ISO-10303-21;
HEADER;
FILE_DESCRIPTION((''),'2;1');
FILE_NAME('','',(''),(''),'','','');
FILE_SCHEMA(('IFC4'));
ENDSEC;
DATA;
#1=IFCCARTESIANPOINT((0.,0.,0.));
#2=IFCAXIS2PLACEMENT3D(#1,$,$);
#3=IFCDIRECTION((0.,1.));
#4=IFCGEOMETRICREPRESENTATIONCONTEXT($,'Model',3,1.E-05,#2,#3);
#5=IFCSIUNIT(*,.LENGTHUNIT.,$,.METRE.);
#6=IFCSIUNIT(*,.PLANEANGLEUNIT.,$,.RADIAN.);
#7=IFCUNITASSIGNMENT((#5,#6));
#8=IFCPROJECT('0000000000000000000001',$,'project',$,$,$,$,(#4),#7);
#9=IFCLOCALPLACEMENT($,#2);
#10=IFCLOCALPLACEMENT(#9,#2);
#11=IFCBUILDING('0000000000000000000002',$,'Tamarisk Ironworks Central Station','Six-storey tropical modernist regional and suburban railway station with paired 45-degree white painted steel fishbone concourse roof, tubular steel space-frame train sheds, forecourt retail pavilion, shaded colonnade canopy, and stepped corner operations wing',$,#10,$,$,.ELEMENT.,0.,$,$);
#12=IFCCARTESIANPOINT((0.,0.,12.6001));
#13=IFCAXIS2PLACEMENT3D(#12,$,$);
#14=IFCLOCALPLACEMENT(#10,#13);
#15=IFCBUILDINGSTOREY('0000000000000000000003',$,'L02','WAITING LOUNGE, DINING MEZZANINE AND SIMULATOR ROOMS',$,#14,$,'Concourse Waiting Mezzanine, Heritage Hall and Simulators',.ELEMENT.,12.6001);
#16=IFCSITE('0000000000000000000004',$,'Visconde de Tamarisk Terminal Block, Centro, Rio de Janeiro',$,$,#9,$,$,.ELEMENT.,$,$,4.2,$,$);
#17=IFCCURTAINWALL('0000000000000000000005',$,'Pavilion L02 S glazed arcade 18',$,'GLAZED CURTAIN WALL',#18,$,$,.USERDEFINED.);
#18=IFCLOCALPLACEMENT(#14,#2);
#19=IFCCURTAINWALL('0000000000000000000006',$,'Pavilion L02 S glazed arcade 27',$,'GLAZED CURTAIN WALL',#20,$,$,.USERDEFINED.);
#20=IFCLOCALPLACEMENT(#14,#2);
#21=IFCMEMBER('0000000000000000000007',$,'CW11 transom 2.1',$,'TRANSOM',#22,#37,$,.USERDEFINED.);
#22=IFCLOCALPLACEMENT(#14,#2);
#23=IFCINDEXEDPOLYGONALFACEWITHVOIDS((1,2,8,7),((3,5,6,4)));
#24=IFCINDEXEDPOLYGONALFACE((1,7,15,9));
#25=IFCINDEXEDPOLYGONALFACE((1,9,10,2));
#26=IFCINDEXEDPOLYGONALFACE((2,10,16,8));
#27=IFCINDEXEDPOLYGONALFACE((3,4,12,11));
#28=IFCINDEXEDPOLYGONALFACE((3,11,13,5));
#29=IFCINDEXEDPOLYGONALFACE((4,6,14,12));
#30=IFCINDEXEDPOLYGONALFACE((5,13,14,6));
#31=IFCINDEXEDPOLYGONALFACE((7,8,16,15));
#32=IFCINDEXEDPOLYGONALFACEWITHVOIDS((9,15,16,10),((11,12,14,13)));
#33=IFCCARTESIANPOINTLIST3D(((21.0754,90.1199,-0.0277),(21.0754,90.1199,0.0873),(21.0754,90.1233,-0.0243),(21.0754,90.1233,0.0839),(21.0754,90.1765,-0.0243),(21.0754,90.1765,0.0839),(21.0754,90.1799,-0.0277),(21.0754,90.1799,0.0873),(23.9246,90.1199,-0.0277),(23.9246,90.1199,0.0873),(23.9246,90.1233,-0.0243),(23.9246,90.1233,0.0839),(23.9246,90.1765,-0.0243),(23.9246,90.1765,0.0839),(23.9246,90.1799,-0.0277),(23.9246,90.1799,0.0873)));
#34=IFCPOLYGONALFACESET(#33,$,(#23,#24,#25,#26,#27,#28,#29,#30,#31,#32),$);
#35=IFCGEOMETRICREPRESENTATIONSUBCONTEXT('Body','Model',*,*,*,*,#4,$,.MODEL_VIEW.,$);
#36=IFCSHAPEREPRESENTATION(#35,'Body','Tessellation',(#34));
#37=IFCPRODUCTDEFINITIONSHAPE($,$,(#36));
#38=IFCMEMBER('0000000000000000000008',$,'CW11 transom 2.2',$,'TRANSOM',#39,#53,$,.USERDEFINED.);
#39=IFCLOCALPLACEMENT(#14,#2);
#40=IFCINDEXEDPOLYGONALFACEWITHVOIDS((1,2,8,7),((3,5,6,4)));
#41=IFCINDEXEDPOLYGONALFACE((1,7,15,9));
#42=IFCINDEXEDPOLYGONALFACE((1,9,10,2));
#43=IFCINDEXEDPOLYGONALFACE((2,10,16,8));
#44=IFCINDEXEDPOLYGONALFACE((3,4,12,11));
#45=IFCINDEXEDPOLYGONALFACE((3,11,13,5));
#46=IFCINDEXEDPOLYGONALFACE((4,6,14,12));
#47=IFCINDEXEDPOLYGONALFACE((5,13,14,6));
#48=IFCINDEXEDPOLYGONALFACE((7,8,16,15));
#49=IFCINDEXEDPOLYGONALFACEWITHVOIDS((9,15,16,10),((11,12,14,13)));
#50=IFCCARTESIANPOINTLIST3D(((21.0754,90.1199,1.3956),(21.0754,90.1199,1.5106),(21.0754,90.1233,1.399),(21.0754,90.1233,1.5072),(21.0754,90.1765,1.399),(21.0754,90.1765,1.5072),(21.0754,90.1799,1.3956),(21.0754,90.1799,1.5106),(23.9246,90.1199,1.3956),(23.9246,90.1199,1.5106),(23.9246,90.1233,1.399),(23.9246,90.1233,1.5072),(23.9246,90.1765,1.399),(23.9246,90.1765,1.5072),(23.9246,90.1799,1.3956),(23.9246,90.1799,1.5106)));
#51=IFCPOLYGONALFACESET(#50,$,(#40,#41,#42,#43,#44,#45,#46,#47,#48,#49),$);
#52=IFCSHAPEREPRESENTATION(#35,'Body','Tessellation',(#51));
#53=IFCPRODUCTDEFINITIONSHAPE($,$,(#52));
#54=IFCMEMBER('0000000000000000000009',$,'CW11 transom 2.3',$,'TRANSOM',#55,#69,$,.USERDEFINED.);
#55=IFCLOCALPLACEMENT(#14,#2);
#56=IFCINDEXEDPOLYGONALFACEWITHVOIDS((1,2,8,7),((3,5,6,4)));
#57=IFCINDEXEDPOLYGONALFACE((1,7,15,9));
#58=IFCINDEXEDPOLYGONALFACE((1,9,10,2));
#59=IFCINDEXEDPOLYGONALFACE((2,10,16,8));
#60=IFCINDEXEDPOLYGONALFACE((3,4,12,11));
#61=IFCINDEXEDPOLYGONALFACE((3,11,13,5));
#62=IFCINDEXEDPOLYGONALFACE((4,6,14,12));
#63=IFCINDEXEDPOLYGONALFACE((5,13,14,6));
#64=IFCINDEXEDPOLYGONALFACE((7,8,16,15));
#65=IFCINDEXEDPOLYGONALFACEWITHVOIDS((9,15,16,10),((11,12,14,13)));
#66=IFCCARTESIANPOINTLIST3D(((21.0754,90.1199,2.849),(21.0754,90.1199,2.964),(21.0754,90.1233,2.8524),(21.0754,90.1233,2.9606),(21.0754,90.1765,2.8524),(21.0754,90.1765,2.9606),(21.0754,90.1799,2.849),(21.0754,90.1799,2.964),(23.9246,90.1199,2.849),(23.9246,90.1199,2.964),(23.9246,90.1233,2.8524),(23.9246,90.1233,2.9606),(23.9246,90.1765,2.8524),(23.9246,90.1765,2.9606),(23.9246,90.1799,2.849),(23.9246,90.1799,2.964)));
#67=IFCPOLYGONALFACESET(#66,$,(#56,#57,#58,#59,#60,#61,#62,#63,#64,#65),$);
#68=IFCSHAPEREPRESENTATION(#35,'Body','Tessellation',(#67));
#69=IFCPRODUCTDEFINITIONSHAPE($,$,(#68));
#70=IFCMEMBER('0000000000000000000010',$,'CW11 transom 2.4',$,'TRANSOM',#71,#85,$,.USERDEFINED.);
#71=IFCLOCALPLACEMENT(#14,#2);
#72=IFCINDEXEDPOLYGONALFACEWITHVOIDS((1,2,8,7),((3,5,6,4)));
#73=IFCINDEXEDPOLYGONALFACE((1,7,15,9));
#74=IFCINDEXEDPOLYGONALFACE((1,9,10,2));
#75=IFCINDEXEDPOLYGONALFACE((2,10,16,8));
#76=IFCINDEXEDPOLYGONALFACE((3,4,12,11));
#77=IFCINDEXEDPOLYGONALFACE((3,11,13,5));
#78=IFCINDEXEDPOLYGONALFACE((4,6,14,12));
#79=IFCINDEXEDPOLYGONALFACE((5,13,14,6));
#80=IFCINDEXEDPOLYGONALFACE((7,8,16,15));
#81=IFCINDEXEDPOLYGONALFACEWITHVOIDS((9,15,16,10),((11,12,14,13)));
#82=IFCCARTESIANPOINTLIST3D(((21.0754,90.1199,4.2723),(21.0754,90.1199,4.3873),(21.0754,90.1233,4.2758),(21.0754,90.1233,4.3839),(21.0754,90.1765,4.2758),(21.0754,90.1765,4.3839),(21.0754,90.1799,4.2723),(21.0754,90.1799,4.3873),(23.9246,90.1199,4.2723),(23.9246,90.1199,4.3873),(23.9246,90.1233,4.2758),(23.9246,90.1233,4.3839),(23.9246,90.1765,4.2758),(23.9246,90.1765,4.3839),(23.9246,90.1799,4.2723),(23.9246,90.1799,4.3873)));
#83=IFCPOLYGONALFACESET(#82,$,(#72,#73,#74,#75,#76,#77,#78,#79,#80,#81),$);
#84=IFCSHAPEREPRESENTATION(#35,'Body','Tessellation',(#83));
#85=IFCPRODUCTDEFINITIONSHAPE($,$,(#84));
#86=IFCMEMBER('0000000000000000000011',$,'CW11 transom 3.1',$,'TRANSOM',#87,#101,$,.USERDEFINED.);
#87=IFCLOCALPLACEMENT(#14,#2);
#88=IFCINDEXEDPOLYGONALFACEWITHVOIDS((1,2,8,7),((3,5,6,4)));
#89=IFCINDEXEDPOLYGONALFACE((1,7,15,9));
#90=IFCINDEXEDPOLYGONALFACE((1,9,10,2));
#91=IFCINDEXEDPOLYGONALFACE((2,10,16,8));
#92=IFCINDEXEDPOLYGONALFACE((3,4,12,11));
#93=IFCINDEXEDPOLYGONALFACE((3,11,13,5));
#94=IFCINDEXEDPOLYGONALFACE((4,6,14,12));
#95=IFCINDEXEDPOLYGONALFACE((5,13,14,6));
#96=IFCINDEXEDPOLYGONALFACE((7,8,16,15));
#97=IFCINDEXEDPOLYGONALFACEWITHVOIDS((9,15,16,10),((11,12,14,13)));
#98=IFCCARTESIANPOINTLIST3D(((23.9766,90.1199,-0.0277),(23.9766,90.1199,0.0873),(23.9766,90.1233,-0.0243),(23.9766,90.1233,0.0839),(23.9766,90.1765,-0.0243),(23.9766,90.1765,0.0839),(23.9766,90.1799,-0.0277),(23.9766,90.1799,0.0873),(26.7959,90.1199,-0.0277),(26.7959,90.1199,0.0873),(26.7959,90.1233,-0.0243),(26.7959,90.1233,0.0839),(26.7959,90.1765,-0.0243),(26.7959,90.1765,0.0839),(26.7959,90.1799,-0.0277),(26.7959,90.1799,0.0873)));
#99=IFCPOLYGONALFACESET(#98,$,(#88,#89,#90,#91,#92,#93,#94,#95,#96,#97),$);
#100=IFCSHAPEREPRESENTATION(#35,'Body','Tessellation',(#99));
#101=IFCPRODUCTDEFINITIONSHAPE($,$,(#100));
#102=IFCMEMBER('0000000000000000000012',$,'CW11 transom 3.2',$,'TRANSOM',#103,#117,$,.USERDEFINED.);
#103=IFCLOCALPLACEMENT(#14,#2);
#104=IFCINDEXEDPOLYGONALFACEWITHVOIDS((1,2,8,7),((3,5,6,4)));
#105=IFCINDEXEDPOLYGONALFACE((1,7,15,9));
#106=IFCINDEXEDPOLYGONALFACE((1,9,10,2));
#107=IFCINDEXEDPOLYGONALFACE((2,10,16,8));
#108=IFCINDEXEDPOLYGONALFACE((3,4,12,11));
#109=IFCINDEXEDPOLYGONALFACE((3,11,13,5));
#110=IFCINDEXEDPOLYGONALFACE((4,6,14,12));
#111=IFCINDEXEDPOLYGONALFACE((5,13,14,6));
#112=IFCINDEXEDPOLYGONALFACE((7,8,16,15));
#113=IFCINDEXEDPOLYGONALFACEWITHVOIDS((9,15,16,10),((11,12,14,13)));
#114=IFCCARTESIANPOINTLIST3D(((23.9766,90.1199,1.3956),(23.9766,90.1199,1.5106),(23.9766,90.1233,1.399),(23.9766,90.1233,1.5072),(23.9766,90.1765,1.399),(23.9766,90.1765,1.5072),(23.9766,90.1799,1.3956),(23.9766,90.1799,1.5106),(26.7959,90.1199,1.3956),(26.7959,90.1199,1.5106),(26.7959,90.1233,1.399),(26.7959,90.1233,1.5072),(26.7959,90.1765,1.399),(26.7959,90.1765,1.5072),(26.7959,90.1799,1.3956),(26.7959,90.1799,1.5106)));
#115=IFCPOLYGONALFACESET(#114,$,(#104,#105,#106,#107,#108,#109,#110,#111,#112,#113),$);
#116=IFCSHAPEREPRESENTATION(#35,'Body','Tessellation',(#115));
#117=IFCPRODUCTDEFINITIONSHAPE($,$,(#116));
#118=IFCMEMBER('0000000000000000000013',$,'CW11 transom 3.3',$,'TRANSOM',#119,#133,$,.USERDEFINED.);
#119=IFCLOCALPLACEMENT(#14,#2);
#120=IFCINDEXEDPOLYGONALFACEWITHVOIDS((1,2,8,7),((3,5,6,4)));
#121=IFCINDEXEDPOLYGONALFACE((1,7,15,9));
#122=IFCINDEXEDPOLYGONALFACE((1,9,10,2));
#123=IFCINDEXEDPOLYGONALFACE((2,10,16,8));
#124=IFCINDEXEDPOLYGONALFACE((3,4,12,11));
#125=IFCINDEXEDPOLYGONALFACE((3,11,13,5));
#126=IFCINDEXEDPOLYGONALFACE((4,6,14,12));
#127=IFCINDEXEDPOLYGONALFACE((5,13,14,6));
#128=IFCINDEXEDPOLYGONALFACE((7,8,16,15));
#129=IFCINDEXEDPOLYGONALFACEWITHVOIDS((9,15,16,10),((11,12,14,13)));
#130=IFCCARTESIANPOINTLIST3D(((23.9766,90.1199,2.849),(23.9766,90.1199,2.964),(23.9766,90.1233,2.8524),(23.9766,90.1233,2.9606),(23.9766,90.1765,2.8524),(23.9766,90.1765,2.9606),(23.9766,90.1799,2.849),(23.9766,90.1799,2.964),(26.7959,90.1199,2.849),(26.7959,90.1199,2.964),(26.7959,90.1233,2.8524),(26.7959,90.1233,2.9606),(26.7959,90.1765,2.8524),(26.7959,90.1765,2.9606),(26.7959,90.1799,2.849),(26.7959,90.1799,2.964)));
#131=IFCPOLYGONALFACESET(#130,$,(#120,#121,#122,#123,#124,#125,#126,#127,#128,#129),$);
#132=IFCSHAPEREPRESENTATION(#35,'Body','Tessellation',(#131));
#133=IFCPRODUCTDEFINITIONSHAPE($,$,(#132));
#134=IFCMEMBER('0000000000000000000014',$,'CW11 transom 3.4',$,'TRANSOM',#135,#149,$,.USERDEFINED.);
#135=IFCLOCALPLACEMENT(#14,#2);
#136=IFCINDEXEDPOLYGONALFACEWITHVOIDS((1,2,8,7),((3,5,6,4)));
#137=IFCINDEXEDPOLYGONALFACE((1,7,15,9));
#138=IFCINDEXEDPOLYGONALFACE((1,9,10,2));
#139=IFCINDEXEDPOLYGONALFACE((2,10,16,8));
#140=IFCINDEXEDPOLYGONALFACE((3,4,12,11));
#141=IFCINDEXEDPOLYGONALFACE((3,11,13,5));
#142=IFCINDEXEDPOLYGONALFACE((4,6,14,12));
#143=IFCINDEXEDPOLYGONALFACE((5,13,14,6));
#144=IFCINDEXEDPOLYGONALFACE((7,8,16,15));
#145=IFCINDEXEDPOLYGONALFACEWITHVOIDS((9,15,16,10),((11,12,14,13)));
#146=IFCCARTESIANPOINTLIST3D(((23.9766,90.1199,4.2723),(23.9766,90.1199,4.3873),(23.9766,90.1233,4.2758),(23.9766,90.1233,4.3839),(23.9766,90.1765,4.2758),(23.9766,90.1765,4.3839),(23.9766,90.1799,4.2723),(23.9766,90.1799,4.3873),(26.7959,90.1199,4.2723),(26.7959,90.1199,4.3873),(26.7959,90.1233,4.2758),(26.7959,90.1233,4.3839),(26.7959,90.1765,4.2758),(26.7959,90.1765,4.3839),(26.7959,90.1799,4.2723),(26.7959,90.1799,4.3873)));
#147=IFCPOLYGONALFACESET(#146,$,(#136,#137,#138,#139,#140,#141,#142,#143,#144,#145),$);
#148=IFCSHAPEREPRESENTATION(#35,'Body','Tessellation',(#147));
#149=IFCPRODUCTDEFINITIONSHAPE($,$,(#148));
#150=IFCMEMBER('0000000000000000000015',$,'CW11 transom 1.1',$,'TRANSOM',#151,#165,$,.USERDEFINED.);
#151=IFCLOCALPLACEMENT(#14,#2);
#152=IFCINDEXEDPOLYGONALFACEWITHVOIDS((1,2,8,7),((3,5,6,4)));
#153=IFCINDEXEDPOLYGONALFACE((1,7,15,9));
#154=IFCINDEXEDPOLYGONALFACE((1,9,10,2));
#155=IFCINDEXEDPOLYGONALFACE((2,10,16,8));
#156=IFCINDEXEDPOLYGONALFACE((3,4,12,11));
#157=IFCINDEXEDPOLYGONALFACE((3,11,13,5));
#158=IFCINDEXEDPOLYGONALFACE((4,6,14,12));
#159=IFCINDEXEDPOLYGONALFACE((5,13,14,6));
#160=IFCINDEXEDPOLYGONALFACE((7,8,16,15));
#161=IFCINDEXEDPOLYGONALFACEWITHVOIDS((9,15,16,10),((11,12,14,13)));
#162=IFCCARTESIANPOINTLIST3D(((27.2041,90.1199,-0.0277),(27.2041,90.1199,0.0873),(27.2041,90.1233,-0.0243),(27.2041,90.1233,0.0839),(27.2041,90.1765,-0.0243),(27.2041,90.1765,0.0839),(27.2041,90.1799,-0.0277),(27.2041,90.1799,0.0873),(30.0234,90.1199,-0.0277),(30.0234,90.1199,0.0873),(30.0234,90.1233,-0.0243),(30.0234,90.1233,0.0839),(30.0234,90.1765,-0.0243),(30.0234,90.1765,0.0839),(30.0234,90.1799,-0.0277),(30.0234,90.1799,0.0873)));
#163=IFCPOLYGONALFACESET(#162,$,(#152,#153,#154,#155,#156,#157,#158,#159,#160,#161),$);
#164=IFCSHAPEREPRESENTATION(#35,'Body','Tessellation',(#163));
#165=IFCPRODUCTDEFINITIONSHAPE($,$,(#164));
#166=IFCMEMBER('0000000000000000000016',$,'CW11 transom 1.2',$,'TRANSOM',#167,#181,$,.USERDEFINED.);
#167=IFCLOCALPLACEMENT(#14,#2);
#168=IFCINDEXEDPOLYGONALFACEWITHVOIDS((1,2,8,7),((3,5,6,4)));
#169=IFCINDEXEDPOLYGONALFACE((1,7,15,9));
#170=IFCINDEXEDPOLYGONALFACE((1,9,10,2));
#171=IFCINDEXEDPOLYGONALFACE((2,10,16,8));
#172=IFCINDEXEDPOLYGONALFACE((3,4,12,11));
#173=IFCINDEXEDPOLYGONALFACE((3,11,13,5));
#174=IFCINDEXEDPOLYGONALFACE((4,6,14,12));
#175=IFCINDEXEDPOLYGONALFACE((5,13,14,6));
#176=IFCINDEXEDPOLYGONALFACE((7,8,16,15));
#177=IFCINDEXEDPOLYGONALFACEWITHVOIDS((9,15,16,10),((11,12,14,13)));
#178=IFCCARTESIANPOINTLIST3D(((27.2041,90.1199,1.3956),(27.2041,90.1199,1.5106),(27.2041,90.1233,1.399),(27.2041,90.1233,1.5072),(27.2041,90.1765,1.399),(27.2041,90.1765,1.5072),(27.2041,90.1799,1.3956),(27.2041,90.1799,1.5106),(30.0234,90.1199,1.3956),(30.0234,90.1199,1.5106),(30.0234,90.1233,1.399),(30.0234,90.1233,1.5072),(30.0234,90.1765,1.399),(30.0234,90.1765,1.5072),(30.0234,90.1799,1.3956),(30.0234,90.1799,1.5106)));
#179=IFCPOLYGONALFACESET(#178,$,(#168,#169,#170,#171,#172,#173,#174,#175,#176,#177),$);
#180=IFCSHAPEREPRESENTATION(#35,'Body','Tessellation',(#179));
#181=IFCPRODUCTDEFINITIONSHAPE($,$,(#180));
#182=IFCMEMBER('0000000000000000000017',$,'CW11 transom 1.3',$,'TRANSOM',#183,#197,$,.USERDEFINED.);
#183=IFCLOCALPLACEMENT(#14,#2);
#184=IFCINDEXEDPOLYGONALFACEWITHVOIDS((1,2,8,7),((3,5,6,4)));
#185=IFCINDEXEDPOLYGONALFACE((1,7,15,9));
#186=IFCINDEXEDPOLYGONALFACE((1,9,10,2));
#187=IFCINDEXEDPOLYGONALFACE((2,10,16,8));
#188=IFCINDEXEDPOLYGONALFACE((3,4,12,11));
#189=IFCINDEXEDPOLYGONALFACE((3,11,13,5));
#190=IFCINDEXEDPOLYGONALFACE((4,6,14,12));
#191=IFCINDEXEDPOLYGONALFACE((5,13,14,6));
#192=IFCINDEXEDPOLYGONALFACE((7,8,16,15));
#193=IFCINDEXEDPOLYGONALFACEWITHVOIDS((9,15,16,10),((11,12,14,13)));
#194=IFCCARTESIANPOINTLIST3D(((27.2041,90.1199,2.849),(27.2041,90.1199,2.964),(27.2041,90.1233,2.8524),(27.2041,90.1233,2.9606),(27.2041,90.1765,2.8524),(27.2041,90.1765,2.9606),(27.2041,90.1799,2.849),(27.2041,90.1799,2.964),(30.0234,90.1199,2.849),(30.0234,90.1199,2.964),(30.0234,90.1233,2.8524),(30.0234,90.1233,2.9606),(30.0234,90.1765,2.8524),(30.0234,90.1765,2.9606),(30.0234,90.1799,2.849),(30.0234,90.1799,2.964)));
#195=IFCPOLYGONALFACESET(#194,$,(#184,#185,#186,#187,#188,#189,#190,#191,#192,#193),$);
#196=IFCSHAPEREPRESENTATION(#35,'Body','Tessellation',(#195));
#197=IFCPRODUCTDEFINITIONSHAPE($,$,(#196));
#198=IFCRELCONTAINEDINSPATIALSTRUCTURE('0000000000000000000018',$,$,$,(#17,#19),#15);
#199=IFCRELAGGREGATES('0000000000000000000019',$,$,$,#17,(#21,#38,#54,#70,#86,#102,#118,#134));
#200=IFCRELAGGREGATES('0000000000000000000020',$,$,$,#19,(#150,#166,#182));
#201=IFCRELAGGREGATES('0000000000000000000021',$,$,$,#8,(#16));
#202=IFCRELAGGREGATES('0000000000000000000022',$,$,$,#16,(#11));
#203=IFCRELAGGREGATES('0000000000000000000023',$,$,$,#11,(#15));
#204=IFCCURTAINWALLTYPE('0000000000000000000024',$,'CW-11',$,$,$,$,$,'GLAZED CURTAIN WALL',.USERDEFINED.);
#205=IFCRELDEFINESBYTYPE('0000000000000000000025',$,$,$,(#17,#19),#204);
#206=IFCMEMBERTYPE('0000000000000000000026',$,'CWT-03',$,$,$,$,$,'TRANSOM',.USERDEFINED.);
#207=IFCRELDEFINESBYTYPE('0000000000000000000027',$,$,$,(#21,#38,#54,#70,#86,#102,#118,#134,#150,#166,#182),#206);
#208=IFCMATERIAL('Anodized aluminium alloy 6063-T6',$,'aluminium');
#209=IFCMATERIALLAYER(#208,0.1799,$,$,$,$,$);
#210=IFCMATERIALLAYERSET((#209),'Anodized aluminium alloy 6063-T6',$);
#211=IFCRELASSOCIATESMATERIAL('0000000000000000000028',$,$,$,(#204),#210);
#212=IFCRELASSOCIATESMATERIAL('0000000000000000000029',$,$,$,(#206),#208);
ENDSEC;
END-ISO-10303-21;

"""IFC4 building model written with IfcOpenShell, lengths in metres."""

from ifc_helpers import new_model, si_unit, direction, frame, origin, origin_2d, place, context, subcontext, project, spatial, hollow_rectangle, extrude, material, layer, layer_set, material_profile, profile_set, type_object, element, aggregate, save


model = new_model("IFC4")

# Units and contexts
model_context = context("Model", 3, precision=1e-05, world=origin(), true_north=direction((0.0, 1.0)))
body_context = subcontext(model_context, "Body", "Model", "MODEL_VIEW")
ifc_project = project(units=[si_unit("LENGTHUNIT", "METRE"), si_unit("PLANEANGLEUNIT", "RADIAN")], contexts=[model_context])

# Site, building, storey
site_placement = place(None, origin())
site = spatial("IfcSite", under=ifc_project, at=site_placement, Name="Visconde de Tamarisk Terminal Block, Centro, Rio de Janeiro", CompositionType="ELEMENT", RefElevation=4.2)
building_placement = place(site_placement, origin())
building = spatial("IfcBuilding", under=site, at=building_placement, Name="Tamarisk Ironworks Central Station", Description="Six-storey tropical modernist regional and suburban railway station with paired 45-degree white painted steel fishbone concourse roof, tubular steel space-frame train sheds, forecourt retail pavilion, shaded colonnade canopy, and stepped corner operations wing", CompositionType="ELEMENT", ElevationOfRefHeight=0.0)
storey_placement = place(building_placement, frame((0.0, 0.0, 12.6001)))
storey = spatial("IfcBuildingStorey", under=building, at=storey_placement, Name="L02", Description="WAITING LOUNGE, DINING MEZZANINE AND SIMULATOR ROOMS", LongName="Concourse Waiting Mezzanine, Heritage Hall and Simulators", CompositionType="ELEMENT", Elevation=12.6001)

# Curtain wall
ifc_material_1 = material(Name="Anodized aluminium alloy 6063-T6", Category="aluminium")
ifc_layer_1 = layer(ifc_material_1, 0.1799)
ifc_layer_set_1 = layer_set([ifc_layer_1], Name="Anodized aluminium alloy 6063-T6")
curtain_wall_type = type_object("IfcCurtainWallType", Name="CW-11", ElementType="GLAZED CURTAIN WALL", PredefinedType="USERDEFINED", material=ifc_layer_set_1)
curtain_wall_1_placement = place(storey_placement, origin())
curtain_wall_1 = element("IfcCurtainWall", 1, at=curtain_wall_1_placement, inside=storey, type_object=curtain_wall_type, Name="Pavilion L02 S glazed arcade 18", ObjectType="GLAZED CURTAIN WALL", PredefinedType="USERDEFINED")

# Curtain wall
curtain_wall_2_placement = place(storey_placement, origin())
curtain_wall_2 = element("IfcCurtainWall", 2, at=curtain_wall_2_placement, inside=storey, type_object=curtain_wall_type, Name="Pavilion L02 S glazed arcade 27", ObjectType="GLAZED CURTAIN WALL", PredefinedType="USERDEFINED")

# Members
ifc_material_profile_1 = material_profile(ifc_material_1, hollow_rectangle(XDim=0.0601, YDim=0.115, WallThickness=0.0034, at=origin_2d()), Name="ALUM 115x60")
ifc_profile_set_1 = profile_set([ifc_material_profile_1], Name="Anodized aluminium alloy 6063-T6")
member_type_1 = type_object("IfcMemberType", Name="CWT-03", ElementType="TRANSOM", PredefinedType="USERDEFINED", material=ifc_profile_set_1)
member_1_placement = place(storey_placement, frame((21.0754, 90.1499, 0.0298), z_axis=(1.0, 0.0, 0.0), x_axis=(0.0, 1.0, 0.0)))
member_1 = element("IfcMember", 3, at=member_1_placement, type_object=member_type_1, Name="CW11 transom 2.1", ObjectType="TRANSOM", PredefinedType="USERDEFINED", context=body_context, shape_type="SweptSolid", body=[
    extrude(hollow_rectangle(XDim=0.0601, YDim=0.115, WallThickness=0.0034, at=origin_2d()), origin(), (0.0, 0.0, 1.0), 2.8491),
])
member_2_placement = place(storey_placement, frame((21.0754, 90.1499, 1.4531), z_axis=(1.0, 0.0, 0.0), x_axis=(0.0, 1.0, 0.0)))
member_2 = element("IfcMember", 4, at=member_2_placement, type_object=member_type_1, Name="CW11 transom 2.2", ObjectType="TRANSOM", PredefinedType="USERDEFINED", context=body_context, shape_type="SweptSolid", body=[
    extrude(hollow_rectangle(XDim=0.0601, YDim=0.115, WallThickness=0.0034, at=origin_2d()), origin(), (0.0, 0.0, 1.0), 2.8491),
])
member_3_placement = place(storey_placement, frame((21.0754, 90.1499, 2.9065), z_axis=(1.0, 0.0, 0.0), x_axis=(0.0, 1.0, 0.0)))
member_3 = element("IfcMember", 5, at=member_3_placement, type_object=member_type_1, Name="CW11 transom 2.3", ObjectType="TRANSOM", PredefinedType="USERDEFINED", context=body_context, shape_type="SweptSolid", body=[
    extrude(hollow_rectangle(XDim=0.0601, YDim=0.115, WallThickness=0.0034, at=origin_2d()), origin(), (0.0, 0.0, 1.0), 2.8491),
])
member_4_placement = place(storey_placement, frame((21.0754, 90.1499, 4.3298), z_axis=(1.0, 0.0, 0.0), x_axis=(0.0, 1.0, 0.0)))
member_4 = element("IfcMember", 6, at=member_4_placement, type_object=member_type_1, Name="CW11 transom 2.4", ObjectType="TRANSOM", PredefinedType="USERDEFINED", context=body_context, shape_type="SweptSolid", body=[
    extrude(hollow_rectangle(XDim=0.0601, YDim=0.115, WallThickness=0.0034, at=origin_2d()), origin(), (0.0, 0.0, 1.0), 2.8491),
])
member_5_placement = place(storey_placement, frame((23.9766, 90.1499, 0.0298), z_axis=(1.0, 0.0, 0.0), x_axis=(0.0, 1.0, 0.0)))
member_5 = element("IfcMember", 7, at=member_5_placement, type_object=member_type_1, Name="CW11 transom 3.1", ObjectType="TRANSOM", PredefinedType="USERDEFINED", context=body_context, shape_type="SweptSolid", body=[
    extrude(hollow_rectangle(XDim=0.0601, YDim=0.115, WallThickness=0.0034, at=origin_2d()), origin(), (0.0, 0.0, 1.0), 2.8193),
])
member_6_placement = place(storey_placement, frame((23.9766, 90.1499, 1.4531), z_axis=(1.0, 0.0, 0.0), x_axis=(0.0, 1.0, 0.0)))
member_6 = element("IfcMember", 8, at=member_6_placement, type_object=member_type_1, Name="CW11 transom 3.2", ObjectType="TRANSOM", PredefinedType="USERDEFINED", context=body_context, shape_type="SweptSolid", body=[
    extrude(hollow_rectangle(XDim=0.0601, YDim=0.115, WallThickness=0.0034, at=origin_2d()), origin(), (0.0, 0.0, 1.0), 2.8193),
])
member_7_placement = place(storey_placement, frame((23.9766, 90.1499, 2.9065), z_axis=(1.0, 0.0, 0.0), x_axis=(0.0, 1.0, 0.0)))
member_7 = element("IfcMember", 9, at=member_7_placement, type_object=member_type_1, Name="CW11 transom 3.3", ObjectType="TRANSOM", PredefinedType="USERDEFINED", context=body_context, shape_type="SweptSolid", body=[
    extrude(hollow_rectangle(XDim=0.0601, YDim=0.115, WallThickness=0.0034, at=origin_2d()), origin(), (0.0, 0.0, 1.0), 2.8193),
])
member_8_placement = place(storey_placement, frame((23.9766, 90.1499, 4.3298), z_axis=(1.0, 0.0, 0.0), x_axis=(0.0, 1.0, 0.0)))
member_8 = element("IfcMember", 10, at=member_8_placement, type_object=member_type_1, Name="CW11 transom 3.4", ObjectType="TRANSOM", PredefinedType="USERDEFINED", context=body_context, shape_type="SweptSolid", body=[
    extrude(hollow_rectangle(XDim=0.0601, YDim=0.115, WallThickness=0.0034, at=origin_2d()), origin(), (0.0, 0.0, 1.0), 2.8193),
])
member_9_placement = place(storey_placement, frame((27.2041, 90.1499, 0.0298), z_axis=(1.0, 0.0, 0.0), x_axis=(0.0, 1.0, 0.0)))
member_9 = element("IfcMember", 11, at=member_9_placement, type_object=member_type_1, Name="CW11 transom 1.1", ObjectType="TRANSOM", PredefinedType="USERDEFINED", context=body_context, shape_type="SweptSolid", body=[
    extrude(hollow_rectangle(XDim=0.0601, YDim=0.115, WallThickness=0.0034, at=origin_2d()), origin(), (0.0, 0.0, 1.0), 2.8193),
])
member_10_placement = place(storey_placement, frame((27.2041, 90.1499, 1.4531), z_axis=(1.0, 0.0, 0.0), x_axis=(0.0, 1.0, 0.0)))
member_10 = element("IfcMember", 12, at=member_10_placement, type_object=member_type_1, Name="CW11 transom 1.2", ObjectType="TRANSOM", PredefinedType="USERDEFINED", context=body_context, shape_type="SweptSolid", body=[
    extrude(hollow_rectangle(XDim=0.0601, YDim=0.115, WallThickness=0.0034, at=origin_2d()), origin(), (0.0, 0.0, 1.0), 2.8193),
])
member_11_placement = place(storey_placement, frame((27.2041, 90.1499, 2.9065), z_axis=(1.0, 0.0, 0.0), x_axis=(0.0, 1.0, 0.0)))
member_11 = element("IfcMember", 13, at=member_11_placement, type_object=member_type_1, Name="CW11 transom 1.3", ObjectType="TRANSOM", PredefinedType="USERDEFINED", context=body_context, shape_type="SweptSolid", body=[
    extrude(hollow_rectangle(XDim=0.0601, YDim=0.115, WallThickness=0.0034, at=origin_2d()), origin(), (0.0, 0.0, 1.0), 2.8193),
])

aggregate(curtain_wall_1, [member_1, member_2, member_3, member_4, member_5, member_6, member_7, member_8])
aggregate(curtain_wall_2, [member_9, member_10, member_11])

save(model, "model.ifc")
